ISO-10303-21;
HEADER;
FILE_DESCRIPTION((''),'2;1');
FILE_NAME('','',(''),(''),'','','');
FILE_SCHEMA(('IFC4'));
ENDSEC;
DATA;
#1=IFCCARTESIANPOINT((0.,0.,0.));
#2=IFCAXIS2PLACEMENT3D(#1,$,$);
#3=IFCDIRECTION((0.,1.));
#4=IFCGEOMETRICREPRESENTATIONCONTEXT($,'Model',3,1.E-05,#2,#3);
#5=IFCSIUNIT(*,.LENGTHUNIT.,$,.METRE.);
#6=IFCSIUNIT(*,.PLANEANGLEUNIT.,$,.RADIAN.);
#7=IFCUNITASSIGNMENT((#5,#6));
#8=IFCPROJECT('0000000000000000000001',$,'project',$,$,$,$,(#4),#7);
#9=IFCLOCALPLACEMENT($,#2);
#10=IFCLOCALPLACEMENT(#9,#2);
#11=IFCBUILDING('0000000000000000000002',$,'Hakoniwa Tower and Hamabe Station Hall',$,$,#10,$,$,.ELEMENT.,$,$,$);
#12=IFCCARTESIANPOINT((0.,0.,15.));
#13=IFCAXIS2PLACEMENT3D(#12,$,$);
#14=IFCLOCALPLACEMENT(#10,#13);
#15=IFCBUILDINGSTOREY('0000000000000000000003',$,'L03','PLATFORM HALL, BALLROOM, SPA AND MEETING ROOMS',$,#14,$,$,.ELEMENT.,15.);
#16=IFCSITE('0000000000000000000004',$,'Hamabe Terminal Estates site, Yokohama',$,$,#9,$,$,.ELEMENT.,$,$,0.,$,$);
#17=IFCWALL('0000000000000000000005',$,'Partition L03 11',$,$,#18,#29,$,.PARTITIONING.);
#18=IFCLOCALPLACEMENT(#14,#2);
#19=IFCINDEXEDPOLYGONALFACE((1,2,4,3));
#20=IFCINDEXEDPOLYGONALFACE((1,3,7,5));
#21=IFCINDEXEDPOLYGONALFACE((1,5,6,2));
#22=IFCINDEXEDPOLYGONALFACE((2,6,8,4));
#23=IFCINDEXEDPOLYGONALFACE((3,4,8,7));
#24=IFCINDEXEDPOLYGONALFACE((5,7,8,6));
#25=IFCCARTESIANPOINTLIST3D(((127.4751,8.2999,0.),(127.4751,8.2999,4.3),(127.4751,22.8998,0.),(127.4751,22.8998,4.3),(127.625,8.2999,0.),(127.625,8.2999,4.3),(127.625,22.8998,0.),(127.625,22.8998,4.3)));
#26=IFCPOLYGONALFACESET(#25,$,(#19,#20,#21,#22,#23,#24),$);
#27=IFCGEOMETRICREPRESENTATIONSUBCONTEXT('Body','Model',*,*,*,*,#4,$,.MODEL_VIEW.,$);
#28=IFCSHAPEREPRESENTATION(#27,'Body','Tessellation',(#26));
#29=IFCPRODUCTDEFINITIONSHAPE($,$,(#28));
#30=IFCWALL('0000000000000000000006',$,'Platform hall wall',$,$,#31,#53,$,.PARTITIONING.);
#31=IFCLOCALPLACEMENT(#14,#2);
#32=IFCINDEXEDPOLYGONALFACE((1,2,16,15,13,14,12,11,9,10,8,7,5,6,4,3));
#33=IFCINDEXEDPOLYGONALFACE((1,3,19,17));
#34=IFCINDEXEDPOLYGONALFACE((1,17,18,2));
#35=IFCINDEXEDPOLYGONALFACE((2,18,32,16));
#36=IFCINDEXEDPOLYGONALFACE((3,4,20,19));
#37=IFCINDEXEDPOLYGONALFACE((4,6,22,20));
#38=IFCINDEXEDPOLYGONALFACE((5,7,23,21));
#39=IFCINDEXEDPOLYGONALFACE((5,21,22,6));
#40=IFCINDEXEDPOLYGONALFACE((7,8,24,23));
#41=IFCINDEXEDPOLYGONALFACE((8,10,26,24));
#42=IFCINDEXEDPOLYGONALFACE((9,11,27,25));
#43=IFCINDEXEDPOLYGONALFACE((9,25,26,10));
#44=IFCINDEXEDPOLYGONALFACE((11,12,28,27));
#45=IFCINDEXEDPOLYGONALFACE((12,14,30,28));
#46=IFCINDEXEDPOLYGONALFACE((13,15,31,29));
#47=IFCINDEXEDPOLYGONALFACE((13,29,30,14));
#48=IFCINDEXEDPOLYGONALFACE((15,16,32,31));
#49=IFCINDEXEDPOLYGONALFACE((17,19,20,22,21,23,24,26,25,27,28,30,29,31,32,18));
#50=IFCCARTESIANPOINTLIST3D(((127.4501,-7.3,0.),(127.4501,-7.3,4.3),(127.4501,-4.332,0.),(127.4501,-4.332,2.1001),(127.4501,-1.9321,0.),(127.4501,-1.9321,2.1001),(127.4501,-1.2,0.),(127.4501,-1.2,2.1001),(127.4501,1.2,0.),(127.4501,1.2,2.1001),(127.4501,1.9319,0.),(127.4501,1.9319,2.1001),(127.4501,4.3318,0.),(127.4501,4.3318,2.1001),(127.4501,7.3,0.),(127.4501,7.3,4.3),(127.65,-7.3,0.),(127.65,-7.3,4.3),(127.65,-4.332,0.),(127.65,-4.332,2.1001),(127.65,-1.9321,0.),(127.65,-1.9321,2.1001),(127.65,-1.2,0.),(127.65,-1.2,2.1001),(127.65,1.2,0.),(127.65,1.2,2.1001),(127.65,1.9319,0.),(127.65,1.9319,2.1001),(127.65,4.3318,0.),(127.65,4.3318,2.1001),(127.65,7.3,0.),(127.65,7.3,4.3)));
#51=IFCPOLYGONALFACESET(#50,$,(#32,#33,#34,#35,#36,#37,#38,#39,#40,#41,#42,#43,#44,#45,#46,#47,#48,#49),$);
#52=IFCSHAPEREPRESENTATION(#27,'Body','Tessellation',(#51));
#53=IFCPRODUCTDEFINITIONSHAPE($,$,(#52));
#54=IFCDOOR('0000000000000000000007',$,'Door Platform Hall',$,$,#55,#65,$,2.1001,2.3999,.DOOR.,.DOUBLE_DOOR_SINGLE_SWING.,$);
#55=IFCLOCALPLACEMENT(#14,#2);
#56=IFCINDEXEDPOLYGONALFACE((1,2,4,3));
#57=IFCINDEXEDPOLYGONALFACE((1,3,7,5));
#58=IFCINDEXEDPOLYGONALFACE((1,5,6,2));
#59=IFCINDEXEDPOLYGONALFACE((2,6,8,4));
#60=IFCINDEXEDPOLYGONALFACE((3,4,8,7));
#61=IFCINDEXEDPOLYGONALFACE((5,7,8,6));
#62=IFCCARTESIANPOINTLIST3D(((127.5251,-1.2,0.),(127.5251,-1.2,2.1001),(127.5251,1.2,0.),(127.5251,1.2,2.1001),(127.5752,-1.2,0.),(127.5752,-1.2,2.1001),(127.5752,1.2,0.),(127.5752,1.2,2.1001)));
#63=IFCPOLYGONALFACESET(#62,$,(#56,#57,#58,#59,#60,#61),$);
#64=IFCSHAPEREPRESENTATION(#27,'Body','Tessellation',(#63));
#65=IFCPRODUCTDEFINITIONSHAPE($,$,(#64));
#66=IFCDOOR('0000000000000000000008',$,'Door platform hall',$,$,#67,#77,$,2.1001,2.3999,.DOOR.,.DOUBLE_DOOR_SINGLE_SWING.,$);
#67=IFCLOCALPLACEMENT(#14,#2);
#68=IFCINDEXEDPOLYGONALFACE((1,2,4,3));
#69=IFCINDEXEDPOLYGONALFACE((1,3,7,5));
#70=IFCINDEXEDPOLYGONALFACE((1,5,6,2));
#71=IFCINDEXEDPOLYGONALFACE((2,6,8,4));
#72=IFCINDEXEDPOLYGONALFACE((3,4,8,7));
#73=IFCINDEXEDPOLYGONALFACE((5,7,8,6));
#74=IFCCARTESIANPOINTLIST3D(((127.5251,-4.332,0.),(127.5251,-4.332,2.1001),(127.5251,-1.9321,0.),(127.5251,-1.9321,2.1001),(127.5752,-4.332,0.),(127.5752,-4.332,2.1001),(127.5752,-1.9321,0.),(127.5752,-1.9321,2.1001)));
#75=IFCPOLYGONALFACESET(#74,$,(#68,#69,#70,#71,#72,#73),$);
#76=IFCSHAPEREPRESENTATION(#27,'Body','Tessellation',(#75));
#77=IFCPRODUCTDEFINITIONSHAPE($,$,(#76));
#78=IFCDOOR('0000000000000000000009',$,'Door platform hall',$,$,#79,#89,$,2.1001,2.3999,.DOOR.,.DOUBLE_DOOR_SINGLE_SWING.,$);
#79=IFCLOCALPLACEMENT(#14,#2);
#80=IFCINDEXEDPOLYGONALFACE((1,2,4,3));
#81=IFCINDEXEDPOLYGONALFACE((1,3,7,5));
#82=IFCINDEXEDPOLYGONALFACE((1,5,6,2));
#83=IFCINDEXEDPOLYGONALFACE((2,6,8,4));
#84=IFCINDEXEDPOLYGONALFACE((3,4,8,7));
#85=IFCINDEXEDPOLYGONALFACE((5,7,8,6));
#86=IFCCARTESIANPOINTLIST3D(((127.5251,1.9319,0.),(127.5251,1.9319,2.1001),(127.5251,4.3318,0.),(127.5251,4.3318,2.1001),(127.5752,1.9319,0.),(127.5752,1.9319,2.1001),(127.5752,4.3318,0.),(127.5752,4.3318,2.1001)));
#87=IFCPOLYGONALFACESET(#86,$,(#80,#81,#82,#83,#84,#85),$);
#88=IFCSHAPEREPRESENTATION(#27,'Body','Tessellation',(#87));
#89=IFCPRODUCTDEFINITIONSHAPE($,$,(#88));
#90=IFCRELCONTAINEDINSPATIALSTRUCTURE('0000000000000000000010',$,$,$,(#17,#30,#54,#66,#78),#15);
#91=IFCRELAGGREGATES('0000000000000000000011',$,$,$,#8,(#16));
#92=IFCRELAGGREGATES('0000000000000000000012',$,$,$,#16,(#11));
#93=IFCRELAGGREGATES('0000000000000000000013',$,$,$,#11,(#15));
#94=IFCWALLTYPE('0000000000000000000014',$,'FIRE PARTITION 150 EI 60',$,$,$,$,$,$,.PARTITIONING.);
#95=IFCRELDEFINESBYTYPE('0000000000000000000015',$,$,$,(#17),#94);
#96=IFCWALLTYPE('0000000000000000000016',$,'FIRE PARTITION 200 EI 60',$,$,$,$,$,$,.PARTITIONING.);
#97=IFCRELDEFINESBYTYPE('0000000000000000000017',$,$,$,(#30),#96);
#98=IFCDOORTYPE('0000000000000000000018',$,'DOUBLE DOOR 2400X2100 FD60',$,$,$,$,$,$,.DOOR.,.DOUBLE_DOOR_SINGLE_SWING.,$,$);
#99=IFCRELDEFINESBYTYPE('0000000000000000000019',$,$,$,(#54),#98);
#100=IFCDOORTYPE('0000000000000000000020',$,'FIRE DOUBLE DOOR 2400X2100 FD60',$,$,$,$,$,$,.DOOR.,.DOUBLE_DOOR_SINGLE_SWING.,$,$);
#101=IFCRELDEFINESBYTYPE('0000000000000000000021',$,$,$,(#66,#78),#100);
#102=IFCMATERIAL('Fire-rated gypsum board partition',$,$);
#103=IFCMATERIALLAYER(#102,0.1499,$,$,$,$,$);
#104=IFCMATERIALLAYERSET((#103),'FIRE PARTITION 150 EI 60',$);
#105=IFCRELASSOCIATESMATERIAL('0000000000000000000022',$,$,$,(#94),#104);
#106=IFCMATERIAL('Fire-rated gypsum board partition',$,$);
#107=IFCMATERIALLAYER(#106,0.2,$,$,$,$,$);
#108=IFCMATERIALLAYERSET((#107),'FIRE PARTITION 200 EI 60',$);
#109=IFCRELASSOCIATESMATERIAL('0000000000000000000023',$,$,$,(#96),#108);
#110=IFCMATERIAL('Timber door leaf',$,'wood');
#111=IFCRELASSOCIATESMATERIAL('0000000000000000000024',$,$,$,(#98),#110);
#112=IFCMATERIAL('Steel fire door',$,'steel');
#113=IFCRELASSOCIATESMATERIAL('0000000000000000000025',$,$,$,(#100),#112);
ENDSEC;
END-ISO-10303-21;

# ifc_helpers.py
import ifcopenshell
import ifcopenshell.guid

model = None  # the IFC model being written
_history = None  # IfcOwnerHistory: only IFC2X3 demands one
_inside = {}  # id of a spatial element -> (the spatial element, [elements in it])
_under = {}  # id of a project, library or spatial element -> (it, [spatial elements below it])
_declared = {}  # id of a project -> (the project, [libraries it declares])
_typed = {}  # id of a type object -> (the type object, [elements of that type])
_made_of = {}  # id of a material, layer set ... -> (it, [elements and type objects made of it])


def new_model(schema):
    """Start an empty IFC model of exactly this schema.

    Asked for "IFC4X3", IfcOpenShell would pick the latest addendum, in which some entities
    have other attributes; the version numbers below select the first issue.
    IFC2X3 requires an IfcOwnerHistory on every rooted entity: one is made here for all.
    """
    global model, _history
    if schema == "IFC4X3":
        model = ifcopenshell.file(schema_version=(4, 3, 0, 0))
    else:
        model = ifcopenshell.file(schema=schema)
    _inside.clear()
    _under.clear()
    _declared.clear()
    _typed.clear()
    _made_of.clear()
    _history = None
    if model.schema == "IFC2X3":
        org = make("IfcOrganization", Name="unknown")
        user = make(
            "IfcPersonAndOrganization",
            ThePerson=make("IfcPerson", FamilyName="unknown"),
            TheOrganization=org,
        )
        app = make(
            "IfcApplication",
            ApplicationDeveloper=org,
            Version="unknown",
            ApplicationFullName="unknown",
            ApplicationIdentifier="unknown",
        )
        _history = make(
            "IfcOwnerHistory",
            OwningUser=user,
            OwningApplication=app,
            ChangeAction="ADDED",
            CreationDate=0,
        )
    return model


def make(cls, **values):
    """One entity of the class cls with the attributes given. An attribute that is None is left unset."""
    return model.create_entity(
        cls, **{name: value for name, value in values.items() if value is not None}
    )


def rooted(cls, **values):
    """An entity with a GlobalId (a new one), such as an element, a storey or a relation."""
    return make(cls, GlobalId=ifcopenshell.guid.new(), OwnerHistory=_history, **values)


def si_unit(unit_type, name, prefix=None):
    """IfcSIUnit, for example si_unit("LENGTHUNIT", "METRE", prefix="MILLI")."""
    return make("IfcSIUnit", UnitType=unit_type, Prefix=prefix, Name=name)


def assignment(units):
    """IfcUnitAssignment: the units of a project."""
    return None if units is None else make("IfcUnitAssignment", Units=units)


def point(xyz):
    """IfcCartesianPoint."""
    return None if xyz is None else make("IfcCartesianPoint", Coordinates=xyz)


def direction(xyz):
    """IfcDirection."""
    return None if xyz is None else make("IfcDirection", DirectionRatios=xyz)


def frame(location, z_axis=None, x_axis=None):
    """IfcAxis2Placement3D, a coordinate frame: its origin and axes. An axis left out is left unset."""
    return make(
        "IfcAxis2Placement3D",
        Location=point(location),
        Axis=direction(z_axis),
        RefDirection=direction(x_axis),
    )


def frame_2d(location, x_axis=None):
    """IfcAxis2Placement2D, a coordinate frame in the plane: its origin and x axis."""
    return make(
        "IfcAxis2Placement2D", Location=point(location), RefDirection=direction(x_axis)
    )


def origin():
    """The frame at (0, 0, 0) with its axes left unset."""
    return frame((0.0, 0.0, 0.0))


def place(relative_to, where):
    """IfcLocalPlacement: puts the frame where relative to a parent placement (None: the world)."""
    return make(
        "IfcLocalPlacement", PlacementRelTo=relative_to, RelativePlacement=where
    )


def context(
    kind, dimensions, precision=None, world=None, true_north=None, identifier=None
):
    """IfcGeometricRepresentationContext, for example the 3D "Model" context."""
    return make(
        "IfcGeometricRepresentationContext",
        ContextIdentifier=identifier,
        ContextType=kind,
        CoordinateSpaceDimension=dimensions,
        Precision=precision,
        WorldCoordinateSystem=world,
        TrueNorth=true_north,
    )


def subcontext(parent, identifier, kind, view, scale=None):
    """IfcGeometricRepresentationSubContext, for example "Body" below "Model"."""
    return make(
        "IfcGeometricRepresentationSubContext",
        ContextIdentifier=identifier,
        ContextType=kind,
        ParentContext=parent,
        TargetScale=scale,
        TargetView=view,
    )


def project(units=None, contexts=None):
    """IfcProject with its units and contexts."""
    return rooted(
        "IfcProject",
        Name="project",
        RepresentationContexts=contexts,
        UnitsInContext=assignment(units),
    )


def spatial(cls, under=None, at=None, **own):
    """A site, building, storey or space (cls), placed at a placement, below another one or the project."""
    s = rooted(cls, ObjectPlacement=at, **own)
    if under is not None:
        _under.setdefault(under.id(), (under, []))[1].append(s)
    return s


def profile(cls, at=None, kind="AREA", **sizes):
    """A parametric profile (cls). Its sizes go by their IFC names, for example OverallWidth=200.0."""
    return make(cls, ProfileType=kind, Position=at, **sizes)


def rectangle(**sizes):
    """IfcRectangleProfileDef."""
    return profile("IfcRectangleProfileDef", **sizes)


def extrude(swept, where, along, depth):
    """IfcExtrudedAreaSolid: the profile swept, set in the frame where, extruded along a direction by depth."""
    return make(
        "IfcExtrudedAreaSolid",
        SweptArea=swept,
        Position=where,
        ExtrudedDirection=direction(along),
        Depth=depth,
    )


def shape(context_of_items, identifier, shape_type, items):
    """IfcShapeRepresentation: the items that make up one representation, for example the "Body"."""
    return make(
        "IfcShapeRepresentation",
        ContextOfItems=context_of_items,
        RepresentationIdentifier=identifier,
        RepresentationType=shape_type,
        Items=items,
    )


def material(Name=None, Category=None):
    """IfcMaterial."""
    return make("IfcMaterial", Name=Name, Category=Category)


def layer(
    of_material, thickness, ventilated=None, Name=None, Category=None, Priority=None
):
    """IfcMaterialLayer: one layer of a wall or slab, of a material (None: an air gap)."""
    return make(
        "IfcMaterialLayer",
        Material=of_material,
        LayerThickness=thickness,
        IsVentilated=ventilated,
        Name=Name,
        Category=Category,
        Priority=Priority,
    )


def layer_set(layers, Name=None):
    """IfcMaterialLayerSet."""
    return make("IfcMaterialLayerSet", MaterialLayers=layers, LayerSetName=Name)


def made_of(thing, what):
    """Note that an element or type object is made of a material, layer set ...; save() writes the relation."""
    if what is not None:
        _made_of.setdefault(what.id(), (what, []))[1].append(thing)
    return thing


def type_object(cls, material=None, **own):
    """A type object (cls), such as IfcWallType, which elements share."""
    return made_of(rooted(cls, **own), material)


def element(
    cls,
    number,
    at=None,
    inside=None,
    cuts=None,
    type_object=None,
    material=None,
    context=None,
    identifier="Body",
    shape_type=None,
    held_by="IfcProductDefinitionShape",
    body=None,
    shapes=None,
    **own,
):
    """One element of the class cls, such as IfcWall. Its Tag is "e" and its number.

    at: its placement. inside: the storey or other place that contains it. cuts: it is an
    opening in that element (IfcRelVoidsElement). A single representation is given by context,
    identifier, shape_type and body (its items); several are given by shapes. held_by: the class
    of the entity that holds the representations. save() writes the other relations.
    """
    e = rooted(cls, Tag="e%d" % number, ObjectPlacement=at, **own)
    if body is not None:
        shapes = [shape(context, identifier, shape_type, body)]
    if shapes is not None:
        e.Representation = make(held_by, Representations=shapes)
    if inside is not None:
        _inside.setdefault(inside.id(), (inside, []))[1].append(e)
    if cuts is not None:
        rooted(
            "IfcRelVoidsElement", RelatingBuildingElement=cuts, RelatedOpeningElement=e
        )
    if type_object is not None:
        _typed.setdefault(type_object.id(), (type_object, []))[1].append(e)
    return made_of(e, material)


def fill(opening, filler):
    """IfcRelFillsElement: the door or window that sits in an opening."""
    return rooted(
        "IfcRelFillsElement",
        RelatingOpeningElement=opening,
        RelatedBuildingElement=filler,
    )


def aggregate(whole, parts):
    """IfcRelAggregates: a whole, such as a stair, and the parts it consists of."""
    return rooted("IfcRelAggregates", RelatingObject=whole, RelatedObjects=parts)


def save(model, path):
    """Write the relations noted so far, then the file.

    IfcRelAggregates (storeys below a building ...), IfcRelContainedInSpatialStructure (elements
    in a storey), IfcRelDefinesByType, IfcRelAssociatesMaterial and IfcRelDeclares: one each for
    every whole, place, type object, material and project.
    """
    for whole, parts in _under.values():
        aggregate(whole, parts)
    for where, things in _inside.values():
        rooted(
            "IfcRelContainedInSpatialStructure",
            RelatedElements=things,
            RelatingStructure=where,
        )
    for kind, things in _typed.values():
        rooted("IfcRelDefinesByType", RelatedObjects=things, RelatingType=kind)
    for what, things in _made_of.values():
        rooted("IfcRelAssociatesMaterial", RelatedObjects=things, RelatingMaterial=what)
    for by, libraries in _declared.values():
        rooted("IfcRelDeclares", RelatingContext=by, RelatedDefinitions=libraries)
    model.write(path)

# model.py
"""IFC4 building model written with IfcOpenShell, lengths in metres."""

from ifc_helpers import new_model, si_unit, direction, frame, frame_2d, origin, place, context, subcontext, project, spatial, rectangle, extrude, material, layer, layer_set, type_object, element, fill, save


model = new_model("IFC4")

# Units and contexts
model_context = context("Model", 3, precision=1e-05, world=origin(), true_north=direction((0.0, 1.0)))
body_context = subcontext(model_context, "Body", "Model", "MODEL_VIEW")
ifc_project = project(units=[si_unit("LENGTHUNIT", "METRE"), si_unit("PLANEANGLEUNIT", "RADIAN")], contexts=[model_context])

# Site, building, storey
site_placement = place(None, origin())
site = spatial("IfcSite", under=ifc_project, at=site_placement, Name="Hamabe Terminal Estates site, Yokohama", CompositionType="ELEMENT", RefElevation=0.0)
building_placement = place(site_placement, origin())
building = spatial("IfcBuilding", under=site, at=building_placement, Name="Hakoniwa Tower and Hamabe Station Hall", CompositionType="ELEMENT")
storey_placement = place(building_placement, frame((0.0, 0.0, 15.0)))
storey = spatial("IfcBuildingStorey", under=building, at=storey_placement, Name="L03", Description="PLATFORM HALL, BALLROOM, SPA AND MEETING ROOMS", CompositionType="ELEMENT", Elevation=15.0)

# Shared definitions
ifc_material_1 = material(Name="Fire-rated gypsum board partition")
ifc_layer_1 = layer(ifc_material_1, 0.1499)
ifc_layer_set_1 = layer_set([ifc_layer_1], Name="FIRE PARTITION 150 EI 60")
wall_type_1 = type_object("IfcWallType", Name="FIRE PARTITION 150 EI 60", PredefinedType="PARTITIONING", material=ifc_layer_set_1)

# Wall
wall_1_placement = place(storey_placement, frame((127.55, 8.3, 0.0), z_axis=(0.0, 0.0, 1.0), x_axis=(0.0, 1.0, 0.0)))
element("IfcWall", 1, at=wall_1_placement, inside=storey, type_object=wall_type_1, Name="Partition L03 11", PredefinedType="PARTITIONING", context=body_context, shape_type="SweptSolid", body=[
    extrude(rectangle(XDim=14.5999, YDim=0.1499, at=frame_2d((7.2998, 0.0))), origin(), (0.0, 0.0, 1.0), 4.3),
])

# Wall, openings, doors
ifc_material_2 = material(Name="Fire-rated gypsum board partition")
ifc_layer_2 = layer(ifc_material_2, 0.2)
ifc_layer_set_2 = layer_set([ifc_layer_2], Name="FIRE PARTITION 200 EI 60")
wall_type_2 = type_object("IfcWallType", Name="FIRE PARTITION 200 EI 60", PredefinedType="PARTITIONING", material=ifc_layer_set_2)
wall_2_placement = place(storey_placement, frame((127.55, -7.3, 0.0), z_axis=(0.0, 0.0, 1.0), x_axis=(0.0, 1.0, 0.0)))
wall_2 = element("IfcWall", 2, at=wall_2_placement, inside=storey, type_object=wall_type_2, Name="Platform hall wall", PredefinedType="PARTITIONING", context=body_context, shape_type="SweptSolid", body=[
    extrude(rectangle(XDim=14.6001, YDim=0.2, at=frame_2d((7.3, 0.0))), origin(), (0.0, 0.0, 1.0), 4.3),
])
opening_1_placement = place(wall_2_placement, frame((2.968, 0.0, 0.0)))
opening_1 = element("IfcOpeningElement", 3, at=opening_1_placement, cuts=wall_2, PredefinedType="OPENING", context=body_context, shape_type="SweptSolid", body=[
    extrude(rectangle(XDim=2.3999, YDim=2.1001, at=frame_2d((1.2, 1.05))), frame((0.0, 0.1099, 0.0), z_axis=(0.0, -1.0, 0.0), x_axis=(1.0, 0.0, 0.0)), (0.0, 0.0, 1.0), 0.22),
])
opening_2_placement = place(wall_2_placement, frame((9.2319, 0.0, 0.0)))
opening_2 = element("IfcOpeningElement", 4, at=opening_2_placement, cuts=wall_2, PredefinedType="OPENING", context=body_context, shape_type="SweptSolid", body=[
    extrude(rectangle(XDim=2.3999, YDim=2.1001, at=frame_2d((1.2, 1.05))), frame((0.0, 0.1099, 0.0), z_axis=(0.0, -1.0, 0.0), x_axis=(1.0, 0.0, 0.0)), (0.0, 0.0, 1.0), 0.22),
])
opening_3_placement = place(wall_2_placement, frame((6.1001, 0.0, 0.0)))
opening_3 = element("IfcOpeningElement", 5, at=opening_3_placement, cuts=wall_2, PredefinedType="OPENING", context=body_context, shape_type="SweptSolid", body=[
    extrude(rectangle(XDim=2.3999, YDim=2.1001, at=frame_2d((1.2, 1.05))), frame((0.0, 0.1099, 0.0), z_axis=(0.0, -1.0, 0.0), x_axis=(1.0, 0.0, 0.0)), (0.0, 0.0, 1.0), 0.22),
])
ifc_material_3 = material(Name="Timber door leaf", Category="wood")
door_type_1 = type_object("IfcDoorType", Name="DOUBLE DOOR 2400X2100 FD60", OperationType="DOUBLE_DOOR_SINGLE_SWING", PredefinedType="DOOR", material=ifc_material_3)
door_1_placement = place(opening_3_placement, origin())
door_1 = element("IfcDoor", 6, at=door_1_placement, inside=storey, type_object=door_type_1, Name="Door Platform Hall", OperationType="DOUBLE_DOOR_SINGLE_SWING", OverallHeight=2.1001, OverallWidth=2.3999, PredefinedType="DOOR", context=body_context, shape_type="SweptSolid", body=[
    extrude(rectangle(XDim=2.3999, YDim=2.1001, at=frame_2d((1.2, 1.05))), frame((0.0, 0.0249, 0.0), z_axis=(0.0, -1.0, 0.0), x_axis=(1.0, 0.0, 0.0)), (0.0, 0.0, 1.0), 0.05),
])
fill(opening_3, door_1)
ifc_material_4 = material(Name="Steel fire door", Category="steel")
door_type_2 = type_object("IfcDoorType", Name="FIRE DOUBLE DOOR 2400X2100 FD60", OperationType="DOUBLE_DOOR_SINGLE_SWING", PredefinedType="DOOR", material=ifc_material_4)
door_2_placement = place(opening_1_placement, origin())
door_2 = element("IfcDoor", 7, at=door_2_placement, inside=storey, type_object=door_type_2, Name="Door platform hall", OperationType="DOUBLE_DOOR_SINGLE_SWING", OverallHeight=2.1001, OverallWidth=2.3999, PredefinedType="DOOR", context=body_context, shape_type="SweptSolid", body=[
    extrude(rectangle(XDim=2.3999, YDim=2.1001, at=frame_2d((1.2, 1.05))), frame((0.0, 0.0249, 0.0), z_axis=(0.0, -1.0, 0.0), x_axis=(1.0, 0.0, 0.0)), (0.0, 0.0, 1.0), 0.05),
])
fill(opening_1, door_2)
door_3_placement = place(opening_2_placement, origin())
door_3 = element("IfcDoor", 8, at=door_3_placement, inside=storey, type_object=door_type_2, Name="Door platform hall", OperationType="DOUBLE_DOOR_SINGLE_SWING", OverallHeight=2.1001, OverallWidth=2.3999, PredefinedType="DOOR", context=body_context, shape_type="SweptSolid", body=[
    extrude(rectangle(XDim=2.3999, YDim=2.1001, at=frame_2d((1.2, 1.05))), frame((0.0, 0.0249, 0.0), z_axis=(0.0, -1.0, 0.0), x_axis=(1.0, 0.0, 0.0)), (0.0, 0.0, 1.0), 0.05),
])
fill(opening_2, door_3)

save(model, "model.ifc")
